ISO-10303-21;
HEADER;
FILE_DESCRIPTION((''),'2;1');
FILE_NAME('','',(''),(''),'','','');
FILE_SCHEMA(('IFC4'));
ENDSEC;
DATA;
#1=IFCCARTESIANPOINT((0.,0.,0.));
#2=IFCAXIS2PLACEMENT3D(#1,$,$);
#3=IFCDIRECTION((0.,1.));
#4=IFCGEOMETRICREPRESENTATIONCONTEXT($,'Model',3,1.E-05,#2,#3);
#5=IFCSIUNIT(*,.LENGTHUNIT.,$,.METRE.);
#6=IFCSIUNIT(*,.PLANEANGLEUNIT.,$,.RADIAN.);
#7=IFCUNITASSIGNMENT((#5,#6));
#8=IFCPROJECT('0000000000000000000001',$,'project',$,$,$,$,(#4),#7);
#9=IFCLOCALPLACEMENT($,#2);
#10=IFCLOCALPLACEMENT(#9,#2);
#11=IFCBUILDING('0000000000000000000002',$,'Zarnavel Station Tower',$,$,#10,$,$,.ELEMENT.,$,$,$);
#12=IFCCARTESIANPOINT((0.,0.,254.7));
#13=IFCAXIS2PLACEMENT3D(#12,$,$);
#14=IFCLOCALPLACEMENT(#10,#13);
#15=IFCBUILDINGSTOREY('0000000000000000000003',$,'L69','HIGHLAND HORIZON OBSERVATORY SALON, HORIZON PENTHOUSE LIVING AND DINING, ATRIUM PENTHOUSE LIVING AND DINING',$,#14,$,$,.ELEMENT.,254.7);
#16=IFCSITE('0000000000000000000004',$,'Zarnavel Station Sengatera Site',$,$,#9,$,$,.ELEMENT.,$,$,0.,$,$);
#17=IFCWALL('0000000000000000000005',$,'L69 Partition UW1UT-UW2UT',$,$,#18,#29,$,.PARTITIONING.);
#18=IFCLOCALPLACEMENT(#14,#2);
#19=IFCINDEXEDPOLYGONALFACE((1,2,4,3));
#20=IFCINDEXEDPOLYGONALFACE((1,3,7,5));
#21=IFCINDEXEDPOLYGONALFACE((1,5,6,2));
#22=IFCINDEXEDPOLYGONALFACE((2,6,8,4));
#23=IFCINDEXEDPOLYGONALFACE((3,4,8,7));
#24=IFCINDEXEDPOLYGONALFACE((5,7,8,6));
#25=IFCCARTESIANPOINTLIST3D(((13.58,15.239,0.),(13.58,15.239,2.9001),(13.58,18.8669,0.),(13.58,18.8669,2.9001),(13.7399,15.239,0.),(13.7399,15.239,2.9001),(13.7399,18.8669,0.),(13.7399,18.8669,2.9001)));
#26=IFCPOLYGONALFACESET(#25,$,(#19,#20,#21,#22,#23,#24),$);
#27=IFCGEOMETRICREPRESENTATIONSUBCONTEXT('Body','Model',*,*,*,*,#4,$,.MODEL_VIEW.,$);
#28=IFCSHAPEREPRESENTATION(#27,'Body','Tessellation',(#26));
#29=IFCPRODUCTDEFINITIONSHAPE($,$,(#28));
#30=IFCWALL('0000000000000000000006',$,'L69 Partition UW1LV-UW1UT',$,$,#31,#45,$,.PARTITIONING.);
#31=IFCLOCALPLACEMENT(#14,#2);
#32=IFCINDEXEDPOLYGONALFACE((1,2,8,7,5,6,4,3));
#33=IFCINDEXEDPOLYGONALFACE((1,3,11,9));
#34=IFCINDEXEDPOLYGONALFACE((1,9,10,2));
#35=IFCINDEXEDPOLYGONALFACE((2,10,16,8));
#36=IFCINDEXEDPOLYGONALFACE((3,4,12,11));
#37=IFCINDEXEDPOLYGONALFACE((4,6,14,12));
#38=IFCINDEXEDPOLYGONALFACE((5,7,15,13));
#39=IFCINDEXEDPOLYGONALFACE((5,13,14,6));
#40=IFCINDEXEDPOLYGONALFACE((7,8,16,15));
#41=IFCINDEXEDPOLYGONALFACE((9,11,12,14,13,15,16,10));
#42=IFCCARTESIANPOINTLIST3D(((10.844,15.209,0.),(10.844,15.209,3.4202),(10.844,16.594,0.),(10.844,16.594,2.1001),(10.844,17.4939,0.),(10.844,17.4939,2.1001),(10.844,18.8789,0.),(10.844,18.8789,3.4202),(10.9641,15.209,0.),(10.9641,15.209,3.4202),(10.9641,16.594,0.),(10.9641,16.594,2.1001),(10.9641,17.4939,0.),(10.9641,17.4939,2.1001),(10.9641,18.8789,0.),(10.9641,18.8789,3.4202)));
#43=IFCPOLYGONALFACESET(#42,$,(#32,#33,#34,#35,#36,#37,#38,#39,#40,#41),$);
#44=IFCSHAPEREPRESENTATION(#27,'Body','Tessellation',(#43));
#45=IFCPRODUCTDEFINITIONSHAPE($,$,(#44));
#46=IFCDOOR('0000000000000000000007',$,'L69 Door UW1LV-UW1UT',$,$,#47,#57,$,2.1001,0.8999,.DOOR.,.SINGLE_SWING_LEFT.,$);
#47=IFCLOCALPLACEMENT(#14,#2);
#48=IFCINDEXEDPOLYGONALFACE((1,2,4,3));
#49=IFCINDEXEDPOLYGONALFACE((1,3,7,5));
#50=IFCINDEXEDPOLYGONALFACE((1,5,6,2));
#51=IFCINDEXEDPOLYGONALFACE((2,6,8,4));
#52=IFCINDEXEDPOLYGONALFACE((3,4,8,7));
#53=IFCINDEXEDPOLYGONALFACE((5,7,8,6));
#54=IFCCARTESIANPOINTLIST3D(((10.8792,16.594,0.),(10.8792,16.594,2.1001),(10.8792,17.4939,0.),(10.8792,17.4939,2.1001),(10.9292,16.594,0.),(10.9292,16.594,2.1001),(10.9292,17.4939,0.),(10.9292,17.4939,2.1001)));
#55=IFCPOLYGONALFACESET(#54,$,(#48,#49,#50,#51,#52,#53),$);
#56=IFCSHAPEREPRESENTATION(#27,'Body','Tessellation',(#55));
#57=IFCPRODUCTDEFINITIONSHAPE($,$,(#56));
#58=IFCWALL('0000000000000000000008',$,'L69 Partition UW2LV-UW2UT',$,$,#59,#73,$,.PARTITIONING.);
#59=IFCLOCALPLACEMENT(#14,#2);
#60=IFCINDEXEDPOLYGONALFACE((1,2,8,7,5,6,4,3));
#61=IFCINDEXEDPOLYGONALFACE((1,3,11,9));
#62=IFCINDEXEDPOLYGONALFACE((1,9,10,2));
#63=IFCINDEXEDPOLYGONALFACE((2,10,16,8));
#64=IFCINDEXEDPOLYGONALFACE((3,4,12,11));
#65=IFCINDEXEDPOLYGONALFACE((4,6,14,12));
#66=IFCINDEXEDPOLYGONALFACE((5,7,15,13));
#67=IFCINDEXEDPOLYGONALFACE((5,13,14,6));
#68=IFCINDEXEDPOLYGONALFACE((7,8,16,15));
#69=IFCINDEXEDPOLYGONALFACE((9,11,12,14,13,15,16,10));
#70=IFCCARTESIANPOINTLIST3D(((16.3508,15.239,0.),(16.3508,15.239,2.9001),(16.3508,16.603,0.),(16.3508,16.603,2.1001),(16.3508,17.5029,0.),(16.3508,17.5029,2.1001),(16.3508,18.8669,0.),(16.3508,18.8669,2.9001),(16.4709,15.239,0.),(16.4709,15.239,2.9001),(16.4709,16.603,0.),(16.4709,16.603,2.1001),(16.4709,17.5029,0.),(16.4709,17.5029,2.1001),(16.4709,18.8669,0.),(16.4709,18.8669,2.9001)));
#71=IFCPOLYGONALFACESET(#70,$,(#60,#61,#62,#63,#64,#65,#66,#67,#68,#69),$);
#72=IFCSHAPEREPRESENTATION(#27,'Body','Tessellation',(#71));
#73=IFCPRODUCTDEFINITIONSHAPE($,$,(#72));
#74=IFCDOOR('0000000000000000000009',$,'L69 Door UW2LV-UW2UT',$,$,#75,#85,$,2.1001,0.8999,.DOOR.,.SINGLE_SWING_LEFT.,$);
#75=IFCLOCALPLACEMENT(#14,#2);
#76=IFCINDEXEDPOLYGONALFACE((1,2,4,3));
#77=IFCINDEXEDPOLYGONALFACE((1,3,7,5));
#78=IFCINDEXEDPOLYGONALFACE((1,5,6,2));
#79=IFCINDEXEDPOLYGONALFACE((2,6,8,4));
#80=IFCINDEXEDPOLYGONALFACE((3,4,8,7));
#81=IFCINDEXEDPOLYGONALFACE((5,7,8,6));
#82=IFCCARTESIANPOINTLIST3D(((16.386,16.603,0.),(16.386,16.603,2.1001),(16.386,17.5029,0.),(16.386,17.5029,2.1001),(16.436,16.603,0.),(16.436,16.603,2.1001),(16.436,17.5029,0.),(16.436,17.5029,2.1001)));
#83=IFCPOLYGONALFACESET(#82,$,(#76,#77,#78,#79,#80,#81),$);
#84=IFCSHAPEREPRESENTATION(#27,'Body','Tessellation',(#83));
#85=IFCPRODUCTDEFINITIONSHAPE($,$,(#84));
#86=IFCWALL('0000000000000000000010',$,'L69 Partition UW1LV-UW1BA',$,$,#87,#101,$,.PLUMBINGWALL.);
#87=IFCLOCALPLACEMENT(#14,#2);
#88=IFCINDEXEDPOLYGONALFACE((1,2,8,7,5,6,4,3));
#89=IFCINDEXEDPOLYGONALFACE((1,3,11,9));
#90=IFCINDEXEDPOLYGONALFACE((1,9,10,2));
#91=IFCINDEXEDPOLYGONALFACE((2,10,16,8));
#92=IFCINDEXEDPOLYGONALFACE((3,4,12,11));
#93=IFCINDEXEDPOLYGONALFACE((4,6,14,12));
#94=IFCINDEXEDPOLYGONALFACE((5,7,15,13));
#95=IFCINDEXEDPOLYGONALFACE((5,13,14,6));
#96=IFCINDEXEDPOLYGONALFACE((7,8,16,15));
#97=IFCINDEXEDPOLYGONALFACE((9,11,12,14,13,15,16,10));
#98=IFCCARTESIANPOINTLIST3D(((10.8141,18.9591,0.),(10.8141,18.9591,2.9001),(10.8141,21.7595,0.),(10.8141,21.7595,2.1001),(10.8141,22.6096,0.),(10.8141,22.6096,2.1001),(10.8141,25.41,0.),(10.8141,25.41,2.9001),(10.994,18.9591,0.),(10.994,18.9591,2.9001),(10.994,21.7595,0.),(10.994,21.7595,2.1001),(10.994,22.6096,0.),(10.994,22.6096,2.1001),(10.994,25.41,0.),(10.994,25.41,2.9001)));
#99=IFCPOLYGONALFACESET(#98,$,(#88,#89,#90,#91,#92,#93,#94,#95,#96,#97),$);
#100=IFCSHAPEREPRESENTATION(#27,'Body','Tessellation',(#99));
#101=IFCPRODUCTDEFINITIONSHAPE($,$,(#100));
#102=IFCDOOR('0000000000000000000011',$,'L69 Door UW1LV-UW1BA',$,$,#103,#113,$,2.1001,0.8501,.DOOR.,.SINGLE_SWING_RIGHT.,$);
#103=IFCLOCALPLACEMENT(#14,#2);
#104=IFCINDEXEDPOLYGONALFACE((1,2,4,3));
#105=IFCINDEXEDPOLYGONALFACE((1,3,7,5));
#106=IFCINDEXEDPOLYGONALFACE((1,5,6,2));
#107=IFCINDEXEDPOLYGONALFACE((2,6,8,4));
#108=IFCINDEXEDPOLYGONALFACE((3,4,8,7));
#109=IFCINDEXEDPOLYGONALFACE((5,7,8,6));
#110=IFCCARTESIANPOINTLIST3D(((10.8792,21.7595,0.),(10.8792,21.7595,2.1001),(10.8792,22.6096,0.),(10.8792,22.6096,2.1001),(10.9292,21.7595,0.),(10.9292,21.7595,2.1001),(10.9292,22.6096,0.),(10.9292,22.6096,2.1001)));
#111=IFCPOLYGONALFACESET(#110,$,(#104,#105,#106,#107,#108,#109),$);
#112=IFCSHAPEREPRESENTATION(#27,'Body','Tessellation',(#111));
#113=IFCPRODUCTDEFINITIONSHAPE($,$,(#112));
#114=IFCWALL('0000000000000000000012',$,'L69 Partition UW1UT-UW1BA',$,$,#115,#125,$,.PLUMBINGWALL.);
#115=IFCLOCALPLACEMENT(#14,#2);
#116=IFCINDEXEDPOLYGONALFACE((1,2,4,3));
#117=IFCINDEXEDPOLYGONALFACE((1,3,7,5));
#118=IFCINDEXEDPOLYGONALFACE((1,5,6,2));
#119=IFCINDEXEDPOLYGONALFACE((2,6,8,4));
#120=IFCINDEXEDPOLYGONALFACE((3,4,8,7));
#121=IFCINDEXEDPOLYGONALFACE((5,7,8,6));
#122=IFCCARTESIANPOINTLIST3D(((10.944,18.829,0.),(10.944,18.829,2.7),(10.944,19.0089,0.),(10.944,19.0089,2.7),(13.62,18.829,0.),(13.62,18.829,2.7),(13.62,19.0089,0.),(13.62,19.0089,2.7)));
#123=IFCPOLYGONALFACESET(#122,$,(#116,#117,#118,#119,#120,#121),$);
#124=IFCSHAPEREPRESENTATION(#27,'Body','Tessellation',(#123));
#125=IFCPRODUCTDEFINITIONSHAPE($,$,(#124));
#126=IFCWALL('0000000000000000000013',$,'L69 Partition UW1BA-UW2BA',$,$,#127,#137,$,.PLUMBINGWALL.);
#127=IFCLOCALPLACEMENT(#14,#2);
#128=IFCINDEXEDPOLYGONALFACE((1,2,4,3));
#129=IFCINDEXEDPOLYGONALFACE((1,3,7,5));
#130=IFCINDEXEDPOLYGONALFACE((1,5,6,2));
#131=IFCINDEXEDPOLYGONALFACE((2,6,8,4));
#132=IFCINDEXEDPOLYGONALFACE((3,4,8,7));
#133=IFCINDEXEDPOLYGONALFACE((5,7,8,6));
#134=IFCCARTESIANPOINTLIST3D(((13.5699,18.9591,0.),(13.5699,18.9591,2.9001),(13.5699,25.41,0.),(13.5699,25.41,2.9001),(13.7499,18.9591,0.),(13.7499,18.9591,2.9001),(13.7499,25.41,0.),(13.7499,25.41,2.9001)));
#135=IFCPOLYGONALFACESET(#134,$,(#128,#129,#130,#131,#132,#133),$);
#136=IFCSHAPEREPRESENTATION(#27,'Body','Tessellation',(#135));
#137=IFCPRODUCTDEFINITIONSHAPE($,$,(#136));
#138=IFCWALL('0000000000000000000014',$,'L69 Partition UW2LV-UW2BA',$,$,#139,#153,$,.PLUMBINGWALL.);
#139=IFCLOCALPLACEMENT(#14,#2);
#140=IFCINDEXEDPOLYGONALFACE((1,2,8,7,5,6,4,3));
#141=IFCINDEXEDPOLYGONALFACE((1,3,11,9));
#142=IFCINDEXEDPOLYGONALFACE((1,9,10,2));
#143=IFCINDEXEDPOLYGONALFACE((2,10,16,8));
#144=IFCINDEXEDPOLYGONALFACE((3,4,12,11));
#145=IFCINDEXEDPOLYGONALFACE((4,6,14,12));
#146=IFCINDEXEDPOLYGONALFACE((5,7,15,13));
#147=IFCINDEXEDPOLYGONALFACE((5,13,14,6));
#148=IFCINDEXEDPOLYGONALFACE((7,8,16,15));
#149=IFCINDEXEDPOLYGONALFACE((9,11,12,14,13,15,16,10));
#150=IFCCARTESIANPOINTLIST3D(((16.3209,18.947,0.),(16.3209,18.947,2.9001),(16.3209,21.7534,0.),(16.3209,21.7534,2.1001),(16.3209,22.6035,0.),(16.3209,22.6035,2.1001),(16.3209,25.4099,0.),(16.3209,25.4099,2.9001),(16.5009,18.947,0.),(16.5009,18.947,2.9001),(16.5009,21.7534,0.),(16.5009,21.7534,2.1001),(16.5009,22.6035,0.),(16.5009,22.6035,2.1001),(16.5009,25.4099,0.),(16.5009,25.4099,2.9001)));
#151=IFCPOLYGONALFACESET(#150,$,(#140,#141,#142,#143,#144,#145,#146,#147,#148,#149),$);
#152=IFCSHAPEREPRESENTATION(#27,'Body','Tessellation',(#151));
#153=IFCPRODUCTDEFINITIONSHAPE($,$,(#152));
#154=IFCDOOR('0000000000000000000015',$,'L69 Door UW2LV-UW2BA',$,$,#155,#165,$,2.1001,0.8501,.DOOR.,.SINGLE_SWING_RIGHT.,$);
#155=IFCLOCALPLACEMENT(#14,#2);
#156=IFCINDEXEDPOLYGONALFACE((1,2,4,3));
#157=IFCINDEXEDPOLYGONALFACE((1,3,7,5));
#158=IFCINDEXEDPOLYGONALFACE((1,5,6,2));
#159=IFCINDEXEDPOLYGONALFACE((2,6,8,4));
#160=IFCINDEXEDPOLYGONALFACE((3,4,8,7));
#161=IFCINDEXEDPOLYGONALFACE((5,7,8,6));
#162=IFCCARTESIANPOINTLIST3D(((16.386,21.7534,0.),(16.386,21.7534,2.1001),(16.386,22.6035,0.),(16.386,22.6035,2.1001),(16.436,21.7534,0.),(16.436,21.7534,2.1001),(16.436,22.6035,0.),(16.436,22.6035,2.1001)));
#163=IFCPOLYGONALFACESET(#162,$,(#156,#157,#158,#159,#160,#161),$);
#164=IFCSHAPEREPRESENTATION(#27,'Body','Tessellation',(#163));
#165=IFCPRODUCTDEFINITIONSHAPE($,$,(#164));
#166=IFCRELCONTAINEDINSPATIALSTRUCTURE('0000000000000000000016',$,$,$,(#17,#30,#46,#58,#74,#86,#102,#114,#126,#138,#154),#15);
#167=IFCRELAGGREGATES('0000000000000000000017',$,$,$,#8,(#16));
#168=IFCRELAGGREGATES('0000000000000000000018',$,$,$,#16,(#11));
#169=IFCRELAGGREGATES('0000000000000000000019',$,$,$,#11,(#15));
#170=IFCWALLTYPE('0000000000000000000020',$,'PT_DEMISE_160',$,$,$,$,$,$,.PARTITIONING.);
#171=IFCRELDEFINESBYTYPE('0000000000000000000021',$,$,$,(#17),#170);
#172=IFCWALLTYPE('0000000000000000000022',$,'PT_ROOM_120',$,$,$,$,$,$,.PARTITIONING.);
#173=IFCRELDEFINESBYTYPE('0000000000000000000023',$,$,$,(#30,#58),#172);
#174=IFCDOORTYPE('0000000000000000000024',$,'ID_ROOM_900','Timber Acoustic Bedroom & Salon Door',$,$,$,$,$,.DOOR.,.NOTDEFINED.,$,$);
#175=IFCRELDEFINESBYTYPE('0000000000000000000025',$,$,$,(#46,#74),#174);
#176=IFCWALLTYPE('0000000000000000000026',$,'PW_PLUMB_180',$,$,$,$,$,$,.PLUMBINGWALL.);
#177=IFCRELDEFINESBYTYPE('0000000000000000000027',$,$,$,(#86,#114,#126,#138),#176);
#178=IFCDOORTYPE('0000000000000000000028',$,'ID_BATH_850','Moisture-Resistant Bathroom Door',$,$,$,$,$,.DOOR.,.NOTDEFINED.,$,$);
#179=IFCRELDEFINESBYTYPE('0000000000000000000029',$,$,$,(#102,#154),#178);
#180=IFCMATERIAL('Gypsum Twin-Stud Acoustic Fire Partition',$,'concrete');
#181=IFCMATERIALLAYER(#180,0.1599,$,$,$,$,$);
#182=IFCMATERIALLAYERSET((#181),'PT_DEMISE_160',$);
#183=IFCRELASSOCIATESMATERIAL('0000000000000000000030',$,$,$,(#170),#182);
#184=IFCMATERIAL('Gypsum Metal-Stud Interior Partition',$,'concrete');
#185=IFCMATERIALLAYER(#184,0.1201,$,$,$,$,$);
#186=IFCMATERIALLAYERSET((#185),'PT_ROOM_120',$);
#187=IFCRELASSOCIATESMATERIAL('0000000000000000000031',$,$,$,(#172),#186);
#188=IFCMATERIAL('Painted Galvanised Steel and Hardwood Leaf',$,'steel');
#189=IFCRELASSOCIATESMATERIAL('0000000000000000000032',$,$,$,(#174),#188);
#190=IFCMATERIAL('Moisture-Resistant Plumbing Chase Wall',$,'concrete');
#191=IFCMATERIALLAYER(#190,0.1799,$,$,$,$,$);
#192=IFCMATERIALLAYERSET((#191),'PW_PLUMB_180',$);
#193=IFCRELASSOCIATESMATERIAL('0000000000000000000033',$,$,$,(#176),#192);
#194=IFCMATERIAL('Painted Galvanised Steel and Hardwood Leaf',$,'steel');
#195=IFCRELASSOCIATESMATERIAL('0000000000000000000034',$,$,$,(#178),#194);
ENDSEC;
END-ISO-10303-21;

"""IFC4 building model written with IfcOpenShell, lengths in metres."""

from ifc_helpers import new_model, si_unit, direction, frame, frame_2d, origin, place, context, subcontext, project, spatial, rectangle, extrude, material, layer, layer_set, type_object, element, fill, save


model = new_model("IFC4")

# Units and contexts
model_context = context("Model", 3, precision=1e-05, world=origin(), true_north=direction((0.0, 1.0)))
body_context = subcontext(model_context, "Body", "Model", "MODEL_VIEW")
ifc_project = project(units=[si_unit("LENGTHUNIT", "METRE"), si_unit("PLANEANGLEUNIT", "RADIAN")], contexts=[model_context])

# Site, building, storey
site_placement = place(None, origin())
site = spatial("IfcSite", under=ifc_project, at=site_placement, Name="Zarnavel Station Sengatera Site", CompositionType="ELEMENT", RefElevation=0.0)
building_placement = place(site_placement, origin())
building = spatial("IfcBuilding", under=site, at=building_placement, Name="Zarnavel Station Tower", CompositionType="ELEMENT")
storey_placement = place(building_placement, frame((0.0, 0.0, 254.7)))
storey = spatial("IfcBuildingStorey", under=building, at=storey_placement, Name="L69", Description="HIGHLAND HORIZON OBSERVATORY SALON, HORIZON PENTHOUSE LIVING AND DINING, ATRIUM PENTHOUSE LIVING AND DINING", CompositionType="ELEMENT", Elevation=254.7)

# Shared definitions
ifc_material_1 = material(Name="Gypsum Twin-Stud Acoustic Fire Partition", Category="concrete")
ifc_layer_1 = layer(ifc_material_1, 0.1599)
ifc_layer_set_1 = layer_set([ifc_layer_1], Name="PT_DEMISE_160")
wall_type_1 = type_object("IfcWallType", Name="PT_DEMISE_160", PredefinedType="PARTITIONING", material=ifc_layer_set_1)

# Wall
wall_1_placement = place(storey_placement, frame((13.6599, 15.239, 0.0), z_axis=(0.0, 0.0, 1.0), x_axis=(0.0, 1.0, 0.0)))
element("IfcWall", 1, at=wall_1_placement, inside=storey, type_object=wall_type_1, Name="L69 Partition UW1UT-UW2UT", PredefinedType="PARTITIONING", context=body_context, shape_type="SweptSolid", body=[
    extrude(rectangle(XDim=3.6279, YDim=0.1599, at=frame_2d((1.814, 0.0))), origin(), (0.0, 0.0, 1.0), 2.9001),
])

# Walls, openings, doors
ifc_material_2 = material(Name="Gypsum Metal-Stud Interior Partition", Category="concrete")
ifc_layer_2 = layer(ifc_material_2, 0.1201)
ifc_layer_set_2 = layer_set([ifc_layer_2], Name="PT_ROOM_120")
wall_type_2 = type_object("IfcWallType", Name="PT_ROOM_120", PredefinedType="PARTITIONING", material=ifc_layer_set_2)
wall_2_placement = place(storey_placement, frame((10.9041, 15.209, 0.0), z_axis=(0.0, 0.0, 1.0), x_axis=(0.0, 1.0, 0.0)))
wall_2 = element("IfcWall", 2, at=wall_2_placement, inside=storey, type_object=wall_type_2, Name="L69 Partition UW1LV-UW1UT", PredefinedType="PARTITIONING", context=body_context, shape_type="SweptSolid", body=[
    extrude(rectangle(XDim=3.6699, YDim=0.1201, at=frame_2d((1.835, 0.0))), origin(), (0.0, 0.0, 1.0), 3.4202),
])
opening_1_placement = place(wall_2_placement, frame((1.385, 0.0, 0.0)))
opening_1 = element("IfcOpeningElement", 3, at=opening_1_placement, cuts=wall_2, PredefinedType="OPENING", context=body_context, shape_type="SweptSolid", body=[
    extrude(rectangle(XDim=0.8999, YDim=2.1001, at=frame_2d((0.45, 1.05))), frame((0.0, 0.0701, 0.0), z_axis=(0.0, -1.0, 0.0), x_axis=(1.0, 0.0, 0.0)), (0.0, 0.0, 1.0), 0.1401),
])
ifc_material_3 = material(Name="Painted Galvanised Steel and Hardwood Leaf", Category="steel")
door_type_1 = type_object("IfcDoorType", Name="ID_ROOM_900", Description="Timber Acoustic Bedroom & Salon Door", OperationType="NOTDEFINED", PredefinedType="DOOR", material=ifc_material_3)
door_1_placement = place(opening_1_placement, origin())
door_1 = element("IfcDoor", 4, at=door_1_placement, inside=storey, type_object=door_type_1, Name="L69 Door UW1LV-UW1UT", OperationType="SINGLE_SWING_LEFT", OverallHeight=2.1001, OverallWidth=0.8999, PredefinedType="DOOR", context=body_context, shape_type="SweptSolid", body=[
    extrude(rectangle(XDim=0.8999, YDim=2.1001, at=frame_2d((0.45, 1.05))), frame((0.0, 0.0249, 0.0), z_axis=(0.0, -1.0, 0.0), x_axis=(1.0, 0.0, 0.0)), (0.0, 0.0, 1.0), 0.05),
])
fill(opening_1, door_1)
wall_3_placement = place(storey_placement, frame((16.4109, 15.239, 0.0), z_axis=(0.0, 0.0, 1.0), x_axis=(0.0, 1.0, 0.0)))
wall_3 = element("IfcWall", 5, at=wall_3_placement, inside=storey, type_object=wall_type_2, Name="L69 Partition UW2LV-UW2UT", PredefinedType="PARTITIONING", context=body_context, shape_type="SweptSolid", body=[
    extrude(rectangle(XDim=3.6279, YDim=0.1201, at=frame_2d((1.814, 0.0))), origin(), (0.0, 0.0, 1.0), 2.9001),
])
opening_2_placement = place(wall_3_placement, frame((1.364, 0.0, 0.0)))
opening_2 = element("IfcOpeningElement", 6, at=opening_2_placement, cuts=wall_3, PredefinedType="OPENING", context=body_context, shape_type="SweptSolid", body=[
    extrude(rectangle(XDim=0.8999, YDim=2.1001, at=frame_2d((0.45, 1.05))), frame((0.0, 0.0701, 0.0), z_axis=(0.0, -1.0, 0.0), x_axis=(1.0, 0.0, 0.0)), (0.0, 0.0, 1.0), 0.1401),
])
door_2_placement = place(opening_2_placement, origin())
door_2 = element("IfcDoor", 7, at=door_2_placement, inside=storey, type_object=door_type_1, Name="L69 Door UW2LV-UW2UT", OperationType="SINGLE_SWING_LEFT", OverallHeight=2.1001, OverallWidth=0.8999, PredefinedType="DOOR", context=body_context, shape_type="SweptSolid", body=[
    extrude(rectangle(XDim=0.8999, YDim=2.1001, at=frame_2d((0.45, 1.05))), frame((0.0, 0.0249, 0.0), z_axis=(0.0, -1.0, 0.0), x_axis=(1.0, 0.0, 0.0)), (0.0, 0.0, 1.0), 0.05),
])
fill(opening_2, door_2)
ifc_material_4 = material(Name="Moisture-Resistant Plumbing Chase Wall", Category="concrete")
ifc_layer_3 = layer(ifc_material_4, 0.1799)
ifc_layer_set_3 = layer_set([ifc_layer_3], Name="PW_PLUMB_180")
wall_type_3 = type_object("IfcWallType", Name="PW_PLUMB_180", PredefinedType="PLUMBINGWALL", material=ifc_layer_set_3)
wall_4_placement = place(storey_placement, frame((10.9041, 18.959, 0.0), z_axis=(0.0, 0.0, 1.0), x_axis=(0.0, 1.0, 0.0)))
wall_4 = element("IfcWall", 8, at=wall_4_placement, inside=storey, type_object=wall_type_3, Name="L69 Partition UW1LV-UW1BA", PredefinedType="PLUMBINGWALL", context=body_context, shape_type="SweptSolid", body=[
    extrude(rectangle(XDim=6.4509, YDim=0.1799, at=frame_2d((3.2256, 0.0))), origin(), (0.0, 0.0, 1.0), 2.9001),
])
opening_3_placement = place(wall_4_placement, frame((2.8005, 0.0, 0.0)))
opening_3 = element("IfcOpeningElement", 9, at=opening_3_placement, cuts=wall_4, PredefinedType="OPENING", context=body_context, shape_type="SweptSolid", body=[
    extrude(rectangle(XDim=0.8501, YDim=2.1001, at=frame_2d((0.425, 1.05))), frame((0.0, 0.0999, 0.0), z_axis=(0.0, -1.0, 0.0), x_axis=(1.0, 0.0, 0.0)), (0.0, 0.0, 1.0), 0.2),
])
ifc_material_5 = material(Name="Painted Galvanised Steel and Hardwood Leaf", Category="steel")
door_type_2 = type_object("IfcDoorType", Name="ID_BATH_850", Description="Moisture-Resistant Bathroom Door", OperationType="NOTDEFINED", PredefinedType="DOOR", material=ifc_material_5)
door_3_placement = place(opening_3_placement, origin())
door_3 = element("IfcDoor", 10, at=door_3_placement, inside=storey, type_object=door_type_2, Name="L69 Door UW1LV-UW1BA", OperationType="SINGLE_SWING_RIGHT", OverallHeight=2.1001, OverallWidth=0.8501, PredefinedType="DOOR", context=body_context, shape_type="SweptSolid", body=[
    extrude(rectangle(XDim=0.8501, YDim=2.1001, at=frame_2d((0.425, 1.05))), frame((0.0, 0.0249, 0.0), z_axis=(0.0, -1.0, 0.0), x_axis=(1.0, 0.0, 0.0)), (0.0, 0.0, 1.0), 0.05),
])
fill(opening_3, door_3)

# Walls
wall_5_placement = place(storey_placement, frame((10.9441, 18.9189, 0.0), z_axis=(0.0, 0.0, 1.0), x_axis=(1.0, 0.0, 0.0)))
element("IfcWall", 11, at=wall_5_placement, inside=storey, type_object=wall_type_3, Name="L69 Partition UW1UT-UW1BA", PredefinedType="PLUMBINGWALL", context=body_context, shape_type="SweptSolid", body=[
    extrude(rectangle(XDim=2.676, YDim=0.1799, at=frame_2d((1.3379, 0.0))), origin(), (0.0, 0.0, 1.0), 2.7),
])
wall_6_placement = place(storey_placement, frame((13.6599, 18.959, 0.0), z_axis=(0.0, 0.0, 1.0), x_axis=(0.0, 1.0, 0.0)))
element("IfcWall", 12, at=wall_6_placement, inside=storey, type_object=wall_type_3, Name="L69 Partition UW1BA-UW2BA", PredefinedType="PLUMBINGWALL", context=body_context, shape_type="SweptSolid", body=[
    extrude(rectangle(XDim=6.4509, YDim=0.1799, at=frame_2d((3.2256, 0.0))), origin(), (0.0, 0.0, 1.0), 2.9001),
])

# Wall, opening, door
wall_7_placement = place(storey_placement, frame((16.4109, 18.947, 0.0), z_axis=(0.0, 0.0, 1.0), x_axis=(0.0, 1.0, 0.0)))
wall_7 = element("IfcWall", 13, at=wall_7_placement, inside=storey, type_object=wall_type_3, Name="L69 Partition UW2LV-UW2BA", PredefinedType="PLUMBINGWALL", context=body_context, shape_type="SweptSolid", body=[
    extrude(rectangle(XDim=6.4629, YDim=0.1799, at=frame_2d((3.2314, 0.0))), origin(), (0.0, 0.0, 1.0), 2.9001),
])
opening_4_placement = place(wall_7_placement, frame((2.8064, 0.0, 0.0)))
opening_4 = element("IfcOpeningElement", 14, at=opening_4_placement, cuts=wall_7, PredefinedType="OPENING", context=body_context, shape_type="SweptSolid", body=[
    extrude(rectangle(XDim=0.8501, YDim=2.1001, at=frame_2d((0.425, 1.05))), frame((0.0, 0.0999, 0.0), z_axis=(0.0, -1.0, 0.0), x_axis=(1.0, 0.0, 0.0)), (0.0, 0.0, 1.0), 0.2),
])
door_4_placement = place(opening_4_placement, origin())
door_4 = element("IfcDoor", 15, at=door_4_placement, inside=storey, type_object=door_type_2, Name="L69 Door UW2LV-UW2BA", OperationType="SINGLE_SWING_RIGHT", OverallHeight=2.1001, OverallWidth=0.8501, PredefinedType="DOOR", context=body_context, shape_type="SweptSolid", body=[
    extrude(rectangle(XDim=0.8501, YDim=2.1001, at=frame_2d((0.425, 1.05))), frame((0.0, 0.0249, 0.0), z_axis=(0.0, -1.0, 0.0), x_axis=(1.0, 0.0, 0.0)), (0.0, 0.0, 1.0), 0.05),
])
fill(opening_4, door_4)

save(model, "model.ifc")
